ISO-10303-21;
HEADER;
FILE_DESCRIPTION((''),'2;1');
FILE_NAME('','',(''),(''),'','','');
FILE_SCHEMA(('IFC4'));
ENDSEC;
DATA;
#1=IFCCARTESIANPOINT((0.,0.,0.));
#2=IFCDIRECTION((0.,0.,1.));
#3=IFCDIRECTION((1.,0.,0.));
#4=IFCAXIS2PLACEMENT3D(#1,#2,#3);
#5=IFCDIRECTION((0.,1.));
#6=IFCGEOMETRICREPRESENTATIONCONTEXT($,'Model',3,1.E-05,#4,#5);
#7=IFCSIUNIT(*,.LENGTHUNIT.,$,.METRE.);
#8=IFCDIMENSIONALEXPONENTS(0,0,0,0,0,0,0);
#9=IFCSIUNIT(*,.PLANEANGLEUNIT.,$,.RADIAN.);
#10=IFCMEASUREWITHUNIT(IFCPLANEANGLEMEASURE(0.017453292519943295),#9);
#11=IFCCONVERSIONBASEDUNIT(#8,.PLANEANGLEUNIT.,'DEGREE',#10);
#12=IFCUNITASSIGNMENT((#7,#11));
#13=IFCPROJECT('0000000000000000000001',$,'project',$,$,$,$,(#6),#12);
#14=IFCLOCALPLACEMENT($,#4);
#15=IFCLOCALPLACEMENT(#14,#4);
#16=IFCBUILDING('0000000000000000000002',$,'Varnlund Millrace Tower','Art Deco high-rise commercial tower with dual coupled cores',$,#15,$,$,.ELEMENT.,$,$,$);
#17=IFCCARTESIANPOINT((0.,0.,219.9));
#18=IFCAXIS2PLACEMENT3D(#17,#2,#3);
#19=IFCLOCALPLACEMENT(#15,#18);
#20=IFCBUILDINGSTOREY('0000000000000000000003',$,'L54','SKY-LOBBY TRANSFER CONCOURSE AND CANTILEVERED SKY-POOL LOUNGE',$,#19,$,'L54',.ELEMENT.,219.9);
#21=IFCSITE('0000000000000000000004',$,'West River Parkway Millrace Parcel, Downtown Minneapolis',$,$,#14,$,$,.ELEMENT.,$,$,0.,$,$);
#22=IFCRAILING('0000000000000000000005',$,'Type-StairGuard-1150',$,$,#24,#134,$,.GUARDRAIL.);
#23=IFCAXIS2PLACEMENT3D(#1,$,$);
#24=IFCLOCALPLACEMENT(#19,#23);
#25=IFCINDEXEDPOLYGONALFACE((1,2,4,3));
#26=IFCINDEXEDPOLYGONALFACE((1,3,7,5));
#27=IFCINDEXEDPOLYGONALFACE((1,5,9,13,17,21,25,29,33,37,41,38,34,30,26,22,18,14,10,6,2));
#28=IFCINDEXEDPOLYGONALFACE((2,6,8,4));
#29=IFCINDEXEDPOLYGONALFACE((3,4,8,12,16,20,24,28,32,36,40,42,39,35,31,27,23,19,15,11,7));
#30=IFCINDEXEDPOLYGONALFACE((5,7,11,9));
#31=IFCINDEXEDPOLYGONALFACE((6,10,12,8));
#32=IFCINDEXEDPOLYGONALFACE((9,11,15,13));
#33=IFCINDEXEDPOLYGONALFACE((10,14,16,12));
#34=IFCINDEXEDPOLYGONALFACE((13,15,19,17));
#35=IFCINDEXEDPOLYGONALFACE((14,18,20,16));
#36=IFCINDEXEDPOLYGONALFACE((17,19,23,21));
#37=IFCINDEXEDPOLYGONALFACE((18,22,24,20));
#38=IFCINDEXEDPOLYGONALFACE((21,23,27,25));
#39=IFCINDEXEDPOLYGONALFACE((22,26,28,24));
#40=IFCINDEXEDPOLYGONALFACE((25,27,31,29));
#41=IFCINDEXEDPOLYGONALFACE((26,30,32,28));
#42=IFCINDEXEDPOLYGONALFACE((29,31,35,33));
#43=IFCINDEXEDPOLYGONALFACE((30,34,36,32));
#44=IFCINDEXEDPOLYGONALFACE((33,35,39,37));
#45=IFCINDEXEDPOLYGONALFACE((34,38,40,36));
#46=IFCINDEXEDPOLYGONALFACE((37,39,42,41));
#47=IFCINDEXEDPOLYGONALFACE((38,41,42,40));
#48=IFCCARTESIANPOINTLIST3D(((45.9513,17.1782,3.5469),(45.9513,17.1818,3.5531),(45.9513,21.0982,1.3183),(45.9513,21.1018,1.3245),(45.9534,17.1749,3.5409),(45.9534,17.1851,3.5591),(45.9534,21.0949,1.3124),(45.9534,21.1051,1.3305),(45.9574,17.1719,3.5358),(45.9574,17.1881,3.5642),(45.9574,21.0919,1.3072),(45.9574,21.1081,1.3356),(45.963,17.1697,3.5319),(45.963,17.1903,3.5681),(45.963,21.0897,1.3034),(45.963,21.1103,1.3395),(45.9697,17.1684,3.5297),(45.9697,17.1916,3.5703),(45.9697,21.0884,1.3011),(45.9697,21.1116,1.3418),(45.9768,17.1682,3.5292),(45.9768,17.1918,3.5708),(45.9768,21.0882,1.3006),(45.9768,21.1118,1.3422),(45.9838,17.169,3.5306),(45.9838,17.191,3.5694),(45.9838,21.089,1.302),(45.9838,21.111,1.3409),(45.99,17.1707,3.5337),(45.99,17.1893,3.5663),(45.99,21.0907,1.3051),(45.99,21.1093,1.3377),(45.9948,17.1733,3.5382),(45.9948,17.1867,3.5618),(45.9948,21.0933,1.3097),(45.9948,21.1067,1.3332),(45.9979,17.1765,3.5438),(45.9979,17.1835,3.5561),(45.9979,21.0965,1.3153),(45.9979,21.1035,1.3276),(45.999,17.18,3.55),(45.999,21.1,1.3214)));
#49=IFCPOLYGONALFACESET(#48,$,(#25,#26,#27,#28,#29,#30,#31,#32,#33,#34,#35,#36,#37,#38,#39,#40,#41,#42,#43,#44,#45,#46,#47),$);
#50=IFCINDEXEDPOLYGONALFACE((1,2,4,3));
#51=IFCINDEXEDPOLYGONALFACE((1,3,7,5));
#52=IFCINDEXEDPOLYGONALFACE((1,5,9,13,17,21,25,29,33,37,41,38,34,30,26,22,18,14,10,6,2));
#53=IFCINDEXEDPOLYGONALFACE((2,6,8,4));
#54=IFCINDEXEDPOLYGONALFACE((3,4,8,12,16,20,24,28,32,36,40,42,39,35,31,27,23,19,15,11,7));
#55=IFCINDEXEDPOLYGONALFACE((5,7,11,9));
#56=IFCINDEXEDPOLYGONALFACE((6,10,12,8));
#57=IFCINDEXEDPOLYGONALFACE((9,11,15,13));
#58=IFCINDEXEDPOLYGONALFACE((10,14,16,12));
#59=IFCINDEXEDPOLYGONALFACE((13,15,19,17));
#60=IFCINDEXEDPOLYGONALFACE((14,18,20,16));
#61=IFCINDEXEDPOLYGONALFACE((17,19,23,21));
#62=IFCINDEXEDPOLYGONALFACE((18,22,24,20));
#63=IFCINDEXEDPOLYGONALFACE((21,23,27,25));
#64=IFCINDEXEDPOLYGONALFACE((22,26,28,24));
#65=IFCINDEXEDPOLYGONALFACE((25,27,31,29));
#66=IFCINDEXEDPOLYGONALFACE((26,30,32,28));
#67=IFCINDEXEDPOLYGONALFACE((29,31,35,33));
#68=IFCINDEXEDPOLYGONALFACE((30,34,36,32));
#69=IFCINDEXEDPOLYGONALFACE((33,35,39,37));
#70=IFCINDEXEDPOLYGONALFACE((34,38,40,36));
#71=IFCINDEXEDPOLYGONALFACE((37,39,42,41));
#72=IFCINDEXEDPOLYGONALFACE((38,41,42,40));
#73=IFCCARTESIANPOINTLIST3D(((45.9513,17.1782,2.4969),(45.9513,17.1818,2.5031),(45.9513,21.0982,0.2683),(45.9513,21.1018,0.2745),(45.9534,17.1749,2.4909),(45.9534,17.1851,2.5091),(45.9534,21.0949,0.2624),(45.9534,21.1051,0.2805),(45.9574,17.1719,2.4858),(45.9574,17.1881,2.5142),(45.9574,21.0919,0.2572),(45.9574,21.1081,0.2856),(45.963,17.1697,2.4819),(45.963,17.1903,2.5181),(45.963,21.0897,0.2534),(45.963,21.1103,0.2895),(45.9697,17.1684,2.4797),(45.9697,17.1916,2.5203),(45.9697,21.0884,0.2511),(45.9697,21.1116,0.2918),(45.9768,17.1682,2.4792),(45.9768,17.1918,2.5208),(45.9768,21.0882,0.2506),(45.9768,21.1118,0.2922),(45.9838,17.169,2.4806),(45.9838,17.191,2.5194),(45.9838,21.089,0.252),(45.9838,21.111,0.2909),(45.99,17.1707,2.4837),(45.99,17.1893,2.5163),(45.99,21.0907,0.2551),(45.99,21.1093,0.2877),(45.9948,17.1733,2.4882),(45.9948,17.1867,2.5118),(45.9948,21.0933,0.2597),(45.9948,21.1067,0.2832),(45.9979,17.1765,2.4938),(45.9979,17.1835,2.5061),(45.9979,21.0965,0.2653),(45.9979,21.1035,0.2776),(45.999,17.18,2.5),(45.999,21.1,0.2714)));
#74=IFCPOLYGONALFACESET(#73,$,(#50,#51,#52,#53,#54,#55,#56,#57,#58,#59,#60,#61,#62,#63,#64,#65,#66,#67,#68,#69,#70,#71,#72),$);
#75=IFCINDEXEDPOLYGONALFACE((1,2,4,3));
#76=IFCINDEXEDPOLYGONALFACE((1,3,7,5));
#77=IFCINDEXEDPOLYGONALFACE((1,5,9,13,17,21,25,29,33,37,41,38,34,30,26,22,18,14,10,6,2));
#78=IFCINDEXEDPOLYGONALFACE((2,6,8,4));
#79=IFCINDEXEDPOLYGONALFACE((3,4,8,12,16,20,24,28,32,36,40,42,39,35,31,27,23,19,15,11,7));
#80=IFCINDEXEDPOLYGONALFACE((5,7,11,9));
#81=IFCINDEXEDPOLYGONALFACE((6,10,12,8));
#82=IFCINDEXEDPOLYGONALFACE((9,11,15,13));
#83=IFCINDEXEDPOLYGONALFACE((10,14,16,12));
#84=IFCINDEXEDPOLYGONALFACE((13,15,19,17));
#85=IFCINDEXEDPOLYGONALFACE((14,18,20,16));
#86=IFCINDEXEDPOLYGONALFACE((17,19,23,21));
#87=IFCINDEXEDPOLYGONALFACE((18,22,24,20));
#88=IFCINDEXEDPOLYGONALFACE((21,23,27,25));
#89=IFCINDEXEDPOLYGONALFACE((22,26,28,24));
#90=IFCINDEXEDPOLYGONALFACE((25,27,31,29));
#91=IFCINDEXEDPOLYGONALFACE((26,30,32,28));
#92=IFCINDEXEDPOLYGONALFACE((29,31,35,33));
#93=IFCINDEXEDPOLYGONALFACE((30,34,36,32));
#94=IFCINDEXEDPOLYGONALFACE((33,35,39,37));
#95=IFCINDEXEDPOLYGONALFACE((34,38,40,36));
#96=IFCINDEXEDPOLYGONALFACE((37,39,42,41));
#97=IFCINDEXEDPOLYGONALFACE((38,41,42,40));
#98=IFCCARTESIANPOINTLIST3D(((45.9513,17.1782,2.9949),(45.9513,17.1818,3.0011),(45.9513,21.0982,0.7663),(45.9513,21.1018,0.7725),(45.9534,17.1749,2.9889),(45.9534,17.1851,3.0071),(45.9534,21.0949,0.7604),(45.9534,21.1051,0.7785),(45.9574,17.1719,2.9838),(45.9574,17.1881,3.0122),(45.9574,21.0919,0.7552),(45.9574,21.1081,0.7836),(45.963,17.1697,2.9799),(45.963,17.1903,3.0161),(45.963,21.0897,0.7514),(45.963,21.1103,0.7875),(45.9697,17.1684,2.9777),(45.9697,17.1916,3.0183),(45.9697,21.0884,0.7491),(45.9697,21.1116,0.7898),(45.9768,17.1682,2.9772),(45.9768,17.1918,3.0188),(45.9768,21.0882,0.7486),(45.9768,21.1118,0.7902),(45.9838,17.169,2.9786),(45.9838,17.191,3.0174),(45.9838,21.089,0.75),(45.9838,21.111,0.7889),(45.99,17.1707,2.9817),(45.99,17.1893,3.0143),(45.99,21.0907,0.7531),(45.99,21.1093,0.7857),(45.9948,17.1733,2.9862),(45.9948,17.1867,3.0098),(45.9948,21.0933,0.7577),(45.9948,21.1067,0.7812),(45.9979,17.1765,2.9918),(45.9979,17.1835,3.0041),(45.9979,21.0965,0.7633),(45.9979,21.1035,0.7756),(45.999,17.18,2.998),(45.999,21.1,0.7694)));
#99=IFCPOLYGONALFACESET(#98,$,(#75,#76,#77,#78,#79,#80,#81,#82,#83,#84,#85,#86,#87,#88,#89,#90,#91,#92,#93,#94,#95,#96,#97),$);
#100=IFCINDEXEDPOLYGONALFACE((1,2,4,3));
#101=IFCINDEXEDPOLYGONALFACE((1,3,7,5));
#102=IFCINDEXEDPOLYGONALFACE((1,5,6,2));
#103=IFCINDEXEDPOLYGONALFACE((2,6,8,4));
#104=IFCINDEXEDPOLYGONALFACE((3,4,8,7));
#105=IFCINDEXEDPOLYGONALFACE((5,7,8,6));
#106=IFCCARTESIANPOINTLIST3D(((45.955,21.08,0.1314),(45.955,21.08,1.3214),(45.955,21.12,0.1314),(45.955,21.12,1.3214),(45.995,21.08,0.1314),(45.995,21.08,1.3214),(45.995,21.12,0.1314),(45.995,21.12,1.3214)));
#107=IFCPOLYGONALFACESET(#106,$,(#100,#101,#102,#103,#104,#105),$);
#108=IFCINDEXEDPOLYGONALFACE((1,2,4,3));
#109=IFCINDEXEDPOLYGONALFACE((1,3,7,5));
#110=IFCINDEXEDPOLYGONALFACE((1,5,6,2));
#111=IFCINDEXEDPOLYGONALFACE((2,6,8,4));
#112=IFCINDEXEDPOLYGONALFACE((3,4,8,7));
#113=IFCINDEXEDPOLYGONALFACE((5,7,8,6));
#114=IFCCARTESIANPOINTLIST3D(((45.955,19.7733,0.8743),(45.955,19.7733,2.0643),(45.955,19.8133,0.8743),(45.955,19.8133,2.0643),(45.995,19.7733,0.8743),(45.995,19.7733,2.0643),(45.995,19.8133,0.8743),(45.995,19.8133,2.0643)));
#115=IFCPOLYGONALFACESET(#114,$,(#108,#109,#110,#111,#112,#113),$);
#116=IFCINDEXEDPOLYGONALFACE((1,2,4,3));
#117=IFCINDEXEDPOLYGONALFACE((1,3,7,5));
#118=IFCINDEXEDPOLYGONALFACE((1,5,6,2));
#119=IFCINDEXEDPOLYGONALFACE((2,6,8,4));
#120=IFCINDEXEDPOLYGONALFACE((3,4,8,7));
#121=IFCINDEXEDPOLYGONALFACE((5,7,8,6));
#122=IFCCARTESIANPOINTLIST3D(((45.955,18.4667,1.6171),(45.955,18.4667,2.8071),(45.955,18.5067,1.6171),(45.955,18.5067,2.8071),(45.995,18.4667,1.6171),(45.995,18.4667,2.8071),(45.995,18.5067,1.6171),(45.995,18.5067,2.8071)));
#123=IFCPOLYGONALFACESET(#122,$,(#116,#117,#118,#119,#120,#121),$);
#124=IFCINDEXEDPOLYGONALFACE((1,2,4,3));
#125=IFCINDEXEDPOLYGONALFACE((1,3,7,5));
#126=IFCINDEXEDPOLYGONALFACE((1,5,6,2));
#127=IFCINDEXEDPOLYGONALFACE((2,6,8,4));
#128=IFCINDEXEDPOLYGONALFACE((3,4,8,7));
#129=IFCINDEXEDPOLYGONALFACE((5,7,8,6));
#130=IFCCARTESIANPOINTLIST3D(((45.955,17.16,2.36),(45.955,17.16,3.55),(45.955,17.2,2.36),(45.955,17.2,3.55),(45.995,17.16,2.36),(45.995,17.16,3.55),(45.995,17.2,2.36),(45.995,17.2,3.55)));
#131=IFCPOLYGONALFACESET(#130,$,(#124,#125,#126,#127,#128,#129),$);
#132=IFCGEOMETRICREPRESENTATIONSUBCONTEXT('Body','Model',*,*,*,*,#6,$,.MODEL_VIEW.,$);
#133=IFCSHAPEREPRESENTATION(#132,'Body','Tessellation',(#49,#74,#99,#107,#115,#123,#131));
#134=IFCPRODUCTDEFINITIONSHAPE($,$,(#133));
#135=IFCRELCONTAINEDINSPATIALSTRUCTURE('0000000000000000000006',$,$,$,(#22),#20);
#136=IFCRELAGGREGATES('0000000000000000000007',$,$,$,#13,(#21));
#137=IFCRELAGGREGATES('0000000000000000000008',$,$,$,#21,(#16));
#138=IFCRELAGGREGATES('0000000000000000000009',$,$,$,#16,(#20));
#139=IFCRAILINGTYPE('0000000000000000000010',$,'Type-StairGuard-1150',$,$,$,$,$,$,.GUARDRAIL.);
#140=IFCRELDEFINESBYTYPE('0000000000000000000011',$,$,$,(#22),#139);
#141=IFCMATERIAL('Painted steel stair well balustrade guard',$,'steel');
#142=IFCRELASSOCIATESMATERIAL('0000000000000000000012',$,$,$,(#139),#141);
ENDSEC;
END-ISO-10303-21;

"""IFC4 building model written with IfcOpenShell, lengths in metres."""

from ifc_helpers import new_model, entity, si_unit, converted_unit, direction, frame, origin_with_axes, origin_2d_with_axis, place, context, subcontext, project, spatial, rectangle, circle, extrude, material, type_object, element, save


model = new_model("IFC4")

# Units and contexts
model_context = context("Model", 3, precision=1e-05, world=origin_with_axes(), true_north=direction((0.0, 1.0)))
body_context = subcontext(model_context, "Body", "Model", "MODEL_VIEW")
ifc_project = project(units=[si_unit("LENGTHUNIT", "METRE"), converted_unit("PLANEANGLEUNIT", "DEGREE", entity("IfcPlaneAngleMeasure", 0.017453292519943295), si_unit("PLANEANGLEUNIT", "RADIAN"), dimensions=[0, 0, 0, 0, 0, 0, 0])], contexts=[model_context])

# Site, building, storey
site_placement = place(None, origin_with_axes())
site = spatial("IfcSite", under=ifc_project, at=site_placement, Name="West River Parkway Millrace Parcel, Downtown Minneapolis", CompositionType="ELEMENT", RefElevation=0.0)
building_placement = place(site_placement, origin_with_axes())
building = spatial("IfcBuilding", under=site, at=building_placement, Name="Varnlund Millrace Tower", Description="Art Deco high-rise commercial tower with dual coupled cores", CompositionType="ELEMENT")
storey_placement = place(building_placement, frame((0.0, 0.0, 219.9), z_axis=(0.0, 0.0, 1.0), x_axis=(1.0, 0.0, 0.0)))
storey = spatial("IfcBuildingStorey", under=building, at=storey_placement, Name="L54", Description="SKY-LOBBY TRANSFER CONCOURSE AND CANTILEVERED SKY-POOL LOUNGE", LongName="L54", CompositionType="ELEMENT", Elevation=219.9)

# Railing
ifc_material_1 = material(Name="Painted steel stair well balustrade guard", Category="steel")
railing_type_1 = type_object("IfcRailingType", Name="Type-StairGuard-1150", PredefinedType="GUARDRAIL", material=ifc_material_1)
railing_1_placement = place(storey_placement, frame((0.0, 0.0, -219.9), z_axis=(0.0, 0.0, 1.0), x_axis=(1.0, 0.0, 0.0)))
element("IfcRailing", 1, at=railing_1_placement, inside=storey, type_object=railing_type_1, Name="Type-StairGuard-1150", PredefinedType="GUARDRAIL", context=body_context, shape_type="SweptSolid", body=[
    extrude(circle(Radius=0.024, at=origin_2d_with_axis()), frame((45.975, 21.1, 221.2214), z_axis=(0.0, -0.869333, 0.494227), x_axis=(1.0, 0.0, 0.0)), (0.0, 0.0, 1.0), 4.5092),
    extrude(circle(Radius=0.024, at=origin_2d_with_axis()), frame((45.975, 21.1, 220.1714), z_axis=(0.0, -0.869333, 0.494227), x_axis=(1.0, 0.0, 0.0)), (0.0, 0.0, 1.0), 4.5092),
    extrude(circle(Radius=0.024, at=origin_2d_with_axis()), frame((45.975, 21.1, 220.6694), z_axis=(0.0, -0.869333, 0.494227), x_axis=(1.0, 0.0, 0.0)), (0.0, 0.0, 1.0), 4.5092),
    extrude(rectangle(XDim=0.04, YDim=0.04, at=origin_2d_with_axis()), frame((45.975, 21.1, 220.0314), z_axis=(0.0, 0.0, 1.0), x_axis=(1.0, 0.0, 0.0)), (0.0, 0.0, 1.0), 1.19),
    extrude(rectangle(XDim=0.04, YDim=0.04, at=origin_2d_with_axis()), frame((45.975, 19.7933, 220.7743), z_axis=(0.0, 0.0, 1.0), x_axis=(1.0, 0.0, 0.0)), (0.0, 0.0, 1.0), 1.19),
    extrude(rectangle(XDim=0.04, YDim=0.04, at=origin_2d_with_axis()), frame((45.975, 18.4867, 221.5171), z_axis=(0.0, 0.0, 1.0), x_axis=(1.0, 0.0, 0.0)), (0.0, 0.0, 1.0), 1.19),
    extrude(rectangle(XDim=0.04, YDim=0.04, at=origin_2d_with_axis()), frame((45.975, 17.18, 222.26), z_axis=(0.0, 0.0, 1.0), x_axis=(1.0, 0.0, 0.0)), (0.0, 0.0, 1.0), 1.19),
])

save(model, "model.ifc")
